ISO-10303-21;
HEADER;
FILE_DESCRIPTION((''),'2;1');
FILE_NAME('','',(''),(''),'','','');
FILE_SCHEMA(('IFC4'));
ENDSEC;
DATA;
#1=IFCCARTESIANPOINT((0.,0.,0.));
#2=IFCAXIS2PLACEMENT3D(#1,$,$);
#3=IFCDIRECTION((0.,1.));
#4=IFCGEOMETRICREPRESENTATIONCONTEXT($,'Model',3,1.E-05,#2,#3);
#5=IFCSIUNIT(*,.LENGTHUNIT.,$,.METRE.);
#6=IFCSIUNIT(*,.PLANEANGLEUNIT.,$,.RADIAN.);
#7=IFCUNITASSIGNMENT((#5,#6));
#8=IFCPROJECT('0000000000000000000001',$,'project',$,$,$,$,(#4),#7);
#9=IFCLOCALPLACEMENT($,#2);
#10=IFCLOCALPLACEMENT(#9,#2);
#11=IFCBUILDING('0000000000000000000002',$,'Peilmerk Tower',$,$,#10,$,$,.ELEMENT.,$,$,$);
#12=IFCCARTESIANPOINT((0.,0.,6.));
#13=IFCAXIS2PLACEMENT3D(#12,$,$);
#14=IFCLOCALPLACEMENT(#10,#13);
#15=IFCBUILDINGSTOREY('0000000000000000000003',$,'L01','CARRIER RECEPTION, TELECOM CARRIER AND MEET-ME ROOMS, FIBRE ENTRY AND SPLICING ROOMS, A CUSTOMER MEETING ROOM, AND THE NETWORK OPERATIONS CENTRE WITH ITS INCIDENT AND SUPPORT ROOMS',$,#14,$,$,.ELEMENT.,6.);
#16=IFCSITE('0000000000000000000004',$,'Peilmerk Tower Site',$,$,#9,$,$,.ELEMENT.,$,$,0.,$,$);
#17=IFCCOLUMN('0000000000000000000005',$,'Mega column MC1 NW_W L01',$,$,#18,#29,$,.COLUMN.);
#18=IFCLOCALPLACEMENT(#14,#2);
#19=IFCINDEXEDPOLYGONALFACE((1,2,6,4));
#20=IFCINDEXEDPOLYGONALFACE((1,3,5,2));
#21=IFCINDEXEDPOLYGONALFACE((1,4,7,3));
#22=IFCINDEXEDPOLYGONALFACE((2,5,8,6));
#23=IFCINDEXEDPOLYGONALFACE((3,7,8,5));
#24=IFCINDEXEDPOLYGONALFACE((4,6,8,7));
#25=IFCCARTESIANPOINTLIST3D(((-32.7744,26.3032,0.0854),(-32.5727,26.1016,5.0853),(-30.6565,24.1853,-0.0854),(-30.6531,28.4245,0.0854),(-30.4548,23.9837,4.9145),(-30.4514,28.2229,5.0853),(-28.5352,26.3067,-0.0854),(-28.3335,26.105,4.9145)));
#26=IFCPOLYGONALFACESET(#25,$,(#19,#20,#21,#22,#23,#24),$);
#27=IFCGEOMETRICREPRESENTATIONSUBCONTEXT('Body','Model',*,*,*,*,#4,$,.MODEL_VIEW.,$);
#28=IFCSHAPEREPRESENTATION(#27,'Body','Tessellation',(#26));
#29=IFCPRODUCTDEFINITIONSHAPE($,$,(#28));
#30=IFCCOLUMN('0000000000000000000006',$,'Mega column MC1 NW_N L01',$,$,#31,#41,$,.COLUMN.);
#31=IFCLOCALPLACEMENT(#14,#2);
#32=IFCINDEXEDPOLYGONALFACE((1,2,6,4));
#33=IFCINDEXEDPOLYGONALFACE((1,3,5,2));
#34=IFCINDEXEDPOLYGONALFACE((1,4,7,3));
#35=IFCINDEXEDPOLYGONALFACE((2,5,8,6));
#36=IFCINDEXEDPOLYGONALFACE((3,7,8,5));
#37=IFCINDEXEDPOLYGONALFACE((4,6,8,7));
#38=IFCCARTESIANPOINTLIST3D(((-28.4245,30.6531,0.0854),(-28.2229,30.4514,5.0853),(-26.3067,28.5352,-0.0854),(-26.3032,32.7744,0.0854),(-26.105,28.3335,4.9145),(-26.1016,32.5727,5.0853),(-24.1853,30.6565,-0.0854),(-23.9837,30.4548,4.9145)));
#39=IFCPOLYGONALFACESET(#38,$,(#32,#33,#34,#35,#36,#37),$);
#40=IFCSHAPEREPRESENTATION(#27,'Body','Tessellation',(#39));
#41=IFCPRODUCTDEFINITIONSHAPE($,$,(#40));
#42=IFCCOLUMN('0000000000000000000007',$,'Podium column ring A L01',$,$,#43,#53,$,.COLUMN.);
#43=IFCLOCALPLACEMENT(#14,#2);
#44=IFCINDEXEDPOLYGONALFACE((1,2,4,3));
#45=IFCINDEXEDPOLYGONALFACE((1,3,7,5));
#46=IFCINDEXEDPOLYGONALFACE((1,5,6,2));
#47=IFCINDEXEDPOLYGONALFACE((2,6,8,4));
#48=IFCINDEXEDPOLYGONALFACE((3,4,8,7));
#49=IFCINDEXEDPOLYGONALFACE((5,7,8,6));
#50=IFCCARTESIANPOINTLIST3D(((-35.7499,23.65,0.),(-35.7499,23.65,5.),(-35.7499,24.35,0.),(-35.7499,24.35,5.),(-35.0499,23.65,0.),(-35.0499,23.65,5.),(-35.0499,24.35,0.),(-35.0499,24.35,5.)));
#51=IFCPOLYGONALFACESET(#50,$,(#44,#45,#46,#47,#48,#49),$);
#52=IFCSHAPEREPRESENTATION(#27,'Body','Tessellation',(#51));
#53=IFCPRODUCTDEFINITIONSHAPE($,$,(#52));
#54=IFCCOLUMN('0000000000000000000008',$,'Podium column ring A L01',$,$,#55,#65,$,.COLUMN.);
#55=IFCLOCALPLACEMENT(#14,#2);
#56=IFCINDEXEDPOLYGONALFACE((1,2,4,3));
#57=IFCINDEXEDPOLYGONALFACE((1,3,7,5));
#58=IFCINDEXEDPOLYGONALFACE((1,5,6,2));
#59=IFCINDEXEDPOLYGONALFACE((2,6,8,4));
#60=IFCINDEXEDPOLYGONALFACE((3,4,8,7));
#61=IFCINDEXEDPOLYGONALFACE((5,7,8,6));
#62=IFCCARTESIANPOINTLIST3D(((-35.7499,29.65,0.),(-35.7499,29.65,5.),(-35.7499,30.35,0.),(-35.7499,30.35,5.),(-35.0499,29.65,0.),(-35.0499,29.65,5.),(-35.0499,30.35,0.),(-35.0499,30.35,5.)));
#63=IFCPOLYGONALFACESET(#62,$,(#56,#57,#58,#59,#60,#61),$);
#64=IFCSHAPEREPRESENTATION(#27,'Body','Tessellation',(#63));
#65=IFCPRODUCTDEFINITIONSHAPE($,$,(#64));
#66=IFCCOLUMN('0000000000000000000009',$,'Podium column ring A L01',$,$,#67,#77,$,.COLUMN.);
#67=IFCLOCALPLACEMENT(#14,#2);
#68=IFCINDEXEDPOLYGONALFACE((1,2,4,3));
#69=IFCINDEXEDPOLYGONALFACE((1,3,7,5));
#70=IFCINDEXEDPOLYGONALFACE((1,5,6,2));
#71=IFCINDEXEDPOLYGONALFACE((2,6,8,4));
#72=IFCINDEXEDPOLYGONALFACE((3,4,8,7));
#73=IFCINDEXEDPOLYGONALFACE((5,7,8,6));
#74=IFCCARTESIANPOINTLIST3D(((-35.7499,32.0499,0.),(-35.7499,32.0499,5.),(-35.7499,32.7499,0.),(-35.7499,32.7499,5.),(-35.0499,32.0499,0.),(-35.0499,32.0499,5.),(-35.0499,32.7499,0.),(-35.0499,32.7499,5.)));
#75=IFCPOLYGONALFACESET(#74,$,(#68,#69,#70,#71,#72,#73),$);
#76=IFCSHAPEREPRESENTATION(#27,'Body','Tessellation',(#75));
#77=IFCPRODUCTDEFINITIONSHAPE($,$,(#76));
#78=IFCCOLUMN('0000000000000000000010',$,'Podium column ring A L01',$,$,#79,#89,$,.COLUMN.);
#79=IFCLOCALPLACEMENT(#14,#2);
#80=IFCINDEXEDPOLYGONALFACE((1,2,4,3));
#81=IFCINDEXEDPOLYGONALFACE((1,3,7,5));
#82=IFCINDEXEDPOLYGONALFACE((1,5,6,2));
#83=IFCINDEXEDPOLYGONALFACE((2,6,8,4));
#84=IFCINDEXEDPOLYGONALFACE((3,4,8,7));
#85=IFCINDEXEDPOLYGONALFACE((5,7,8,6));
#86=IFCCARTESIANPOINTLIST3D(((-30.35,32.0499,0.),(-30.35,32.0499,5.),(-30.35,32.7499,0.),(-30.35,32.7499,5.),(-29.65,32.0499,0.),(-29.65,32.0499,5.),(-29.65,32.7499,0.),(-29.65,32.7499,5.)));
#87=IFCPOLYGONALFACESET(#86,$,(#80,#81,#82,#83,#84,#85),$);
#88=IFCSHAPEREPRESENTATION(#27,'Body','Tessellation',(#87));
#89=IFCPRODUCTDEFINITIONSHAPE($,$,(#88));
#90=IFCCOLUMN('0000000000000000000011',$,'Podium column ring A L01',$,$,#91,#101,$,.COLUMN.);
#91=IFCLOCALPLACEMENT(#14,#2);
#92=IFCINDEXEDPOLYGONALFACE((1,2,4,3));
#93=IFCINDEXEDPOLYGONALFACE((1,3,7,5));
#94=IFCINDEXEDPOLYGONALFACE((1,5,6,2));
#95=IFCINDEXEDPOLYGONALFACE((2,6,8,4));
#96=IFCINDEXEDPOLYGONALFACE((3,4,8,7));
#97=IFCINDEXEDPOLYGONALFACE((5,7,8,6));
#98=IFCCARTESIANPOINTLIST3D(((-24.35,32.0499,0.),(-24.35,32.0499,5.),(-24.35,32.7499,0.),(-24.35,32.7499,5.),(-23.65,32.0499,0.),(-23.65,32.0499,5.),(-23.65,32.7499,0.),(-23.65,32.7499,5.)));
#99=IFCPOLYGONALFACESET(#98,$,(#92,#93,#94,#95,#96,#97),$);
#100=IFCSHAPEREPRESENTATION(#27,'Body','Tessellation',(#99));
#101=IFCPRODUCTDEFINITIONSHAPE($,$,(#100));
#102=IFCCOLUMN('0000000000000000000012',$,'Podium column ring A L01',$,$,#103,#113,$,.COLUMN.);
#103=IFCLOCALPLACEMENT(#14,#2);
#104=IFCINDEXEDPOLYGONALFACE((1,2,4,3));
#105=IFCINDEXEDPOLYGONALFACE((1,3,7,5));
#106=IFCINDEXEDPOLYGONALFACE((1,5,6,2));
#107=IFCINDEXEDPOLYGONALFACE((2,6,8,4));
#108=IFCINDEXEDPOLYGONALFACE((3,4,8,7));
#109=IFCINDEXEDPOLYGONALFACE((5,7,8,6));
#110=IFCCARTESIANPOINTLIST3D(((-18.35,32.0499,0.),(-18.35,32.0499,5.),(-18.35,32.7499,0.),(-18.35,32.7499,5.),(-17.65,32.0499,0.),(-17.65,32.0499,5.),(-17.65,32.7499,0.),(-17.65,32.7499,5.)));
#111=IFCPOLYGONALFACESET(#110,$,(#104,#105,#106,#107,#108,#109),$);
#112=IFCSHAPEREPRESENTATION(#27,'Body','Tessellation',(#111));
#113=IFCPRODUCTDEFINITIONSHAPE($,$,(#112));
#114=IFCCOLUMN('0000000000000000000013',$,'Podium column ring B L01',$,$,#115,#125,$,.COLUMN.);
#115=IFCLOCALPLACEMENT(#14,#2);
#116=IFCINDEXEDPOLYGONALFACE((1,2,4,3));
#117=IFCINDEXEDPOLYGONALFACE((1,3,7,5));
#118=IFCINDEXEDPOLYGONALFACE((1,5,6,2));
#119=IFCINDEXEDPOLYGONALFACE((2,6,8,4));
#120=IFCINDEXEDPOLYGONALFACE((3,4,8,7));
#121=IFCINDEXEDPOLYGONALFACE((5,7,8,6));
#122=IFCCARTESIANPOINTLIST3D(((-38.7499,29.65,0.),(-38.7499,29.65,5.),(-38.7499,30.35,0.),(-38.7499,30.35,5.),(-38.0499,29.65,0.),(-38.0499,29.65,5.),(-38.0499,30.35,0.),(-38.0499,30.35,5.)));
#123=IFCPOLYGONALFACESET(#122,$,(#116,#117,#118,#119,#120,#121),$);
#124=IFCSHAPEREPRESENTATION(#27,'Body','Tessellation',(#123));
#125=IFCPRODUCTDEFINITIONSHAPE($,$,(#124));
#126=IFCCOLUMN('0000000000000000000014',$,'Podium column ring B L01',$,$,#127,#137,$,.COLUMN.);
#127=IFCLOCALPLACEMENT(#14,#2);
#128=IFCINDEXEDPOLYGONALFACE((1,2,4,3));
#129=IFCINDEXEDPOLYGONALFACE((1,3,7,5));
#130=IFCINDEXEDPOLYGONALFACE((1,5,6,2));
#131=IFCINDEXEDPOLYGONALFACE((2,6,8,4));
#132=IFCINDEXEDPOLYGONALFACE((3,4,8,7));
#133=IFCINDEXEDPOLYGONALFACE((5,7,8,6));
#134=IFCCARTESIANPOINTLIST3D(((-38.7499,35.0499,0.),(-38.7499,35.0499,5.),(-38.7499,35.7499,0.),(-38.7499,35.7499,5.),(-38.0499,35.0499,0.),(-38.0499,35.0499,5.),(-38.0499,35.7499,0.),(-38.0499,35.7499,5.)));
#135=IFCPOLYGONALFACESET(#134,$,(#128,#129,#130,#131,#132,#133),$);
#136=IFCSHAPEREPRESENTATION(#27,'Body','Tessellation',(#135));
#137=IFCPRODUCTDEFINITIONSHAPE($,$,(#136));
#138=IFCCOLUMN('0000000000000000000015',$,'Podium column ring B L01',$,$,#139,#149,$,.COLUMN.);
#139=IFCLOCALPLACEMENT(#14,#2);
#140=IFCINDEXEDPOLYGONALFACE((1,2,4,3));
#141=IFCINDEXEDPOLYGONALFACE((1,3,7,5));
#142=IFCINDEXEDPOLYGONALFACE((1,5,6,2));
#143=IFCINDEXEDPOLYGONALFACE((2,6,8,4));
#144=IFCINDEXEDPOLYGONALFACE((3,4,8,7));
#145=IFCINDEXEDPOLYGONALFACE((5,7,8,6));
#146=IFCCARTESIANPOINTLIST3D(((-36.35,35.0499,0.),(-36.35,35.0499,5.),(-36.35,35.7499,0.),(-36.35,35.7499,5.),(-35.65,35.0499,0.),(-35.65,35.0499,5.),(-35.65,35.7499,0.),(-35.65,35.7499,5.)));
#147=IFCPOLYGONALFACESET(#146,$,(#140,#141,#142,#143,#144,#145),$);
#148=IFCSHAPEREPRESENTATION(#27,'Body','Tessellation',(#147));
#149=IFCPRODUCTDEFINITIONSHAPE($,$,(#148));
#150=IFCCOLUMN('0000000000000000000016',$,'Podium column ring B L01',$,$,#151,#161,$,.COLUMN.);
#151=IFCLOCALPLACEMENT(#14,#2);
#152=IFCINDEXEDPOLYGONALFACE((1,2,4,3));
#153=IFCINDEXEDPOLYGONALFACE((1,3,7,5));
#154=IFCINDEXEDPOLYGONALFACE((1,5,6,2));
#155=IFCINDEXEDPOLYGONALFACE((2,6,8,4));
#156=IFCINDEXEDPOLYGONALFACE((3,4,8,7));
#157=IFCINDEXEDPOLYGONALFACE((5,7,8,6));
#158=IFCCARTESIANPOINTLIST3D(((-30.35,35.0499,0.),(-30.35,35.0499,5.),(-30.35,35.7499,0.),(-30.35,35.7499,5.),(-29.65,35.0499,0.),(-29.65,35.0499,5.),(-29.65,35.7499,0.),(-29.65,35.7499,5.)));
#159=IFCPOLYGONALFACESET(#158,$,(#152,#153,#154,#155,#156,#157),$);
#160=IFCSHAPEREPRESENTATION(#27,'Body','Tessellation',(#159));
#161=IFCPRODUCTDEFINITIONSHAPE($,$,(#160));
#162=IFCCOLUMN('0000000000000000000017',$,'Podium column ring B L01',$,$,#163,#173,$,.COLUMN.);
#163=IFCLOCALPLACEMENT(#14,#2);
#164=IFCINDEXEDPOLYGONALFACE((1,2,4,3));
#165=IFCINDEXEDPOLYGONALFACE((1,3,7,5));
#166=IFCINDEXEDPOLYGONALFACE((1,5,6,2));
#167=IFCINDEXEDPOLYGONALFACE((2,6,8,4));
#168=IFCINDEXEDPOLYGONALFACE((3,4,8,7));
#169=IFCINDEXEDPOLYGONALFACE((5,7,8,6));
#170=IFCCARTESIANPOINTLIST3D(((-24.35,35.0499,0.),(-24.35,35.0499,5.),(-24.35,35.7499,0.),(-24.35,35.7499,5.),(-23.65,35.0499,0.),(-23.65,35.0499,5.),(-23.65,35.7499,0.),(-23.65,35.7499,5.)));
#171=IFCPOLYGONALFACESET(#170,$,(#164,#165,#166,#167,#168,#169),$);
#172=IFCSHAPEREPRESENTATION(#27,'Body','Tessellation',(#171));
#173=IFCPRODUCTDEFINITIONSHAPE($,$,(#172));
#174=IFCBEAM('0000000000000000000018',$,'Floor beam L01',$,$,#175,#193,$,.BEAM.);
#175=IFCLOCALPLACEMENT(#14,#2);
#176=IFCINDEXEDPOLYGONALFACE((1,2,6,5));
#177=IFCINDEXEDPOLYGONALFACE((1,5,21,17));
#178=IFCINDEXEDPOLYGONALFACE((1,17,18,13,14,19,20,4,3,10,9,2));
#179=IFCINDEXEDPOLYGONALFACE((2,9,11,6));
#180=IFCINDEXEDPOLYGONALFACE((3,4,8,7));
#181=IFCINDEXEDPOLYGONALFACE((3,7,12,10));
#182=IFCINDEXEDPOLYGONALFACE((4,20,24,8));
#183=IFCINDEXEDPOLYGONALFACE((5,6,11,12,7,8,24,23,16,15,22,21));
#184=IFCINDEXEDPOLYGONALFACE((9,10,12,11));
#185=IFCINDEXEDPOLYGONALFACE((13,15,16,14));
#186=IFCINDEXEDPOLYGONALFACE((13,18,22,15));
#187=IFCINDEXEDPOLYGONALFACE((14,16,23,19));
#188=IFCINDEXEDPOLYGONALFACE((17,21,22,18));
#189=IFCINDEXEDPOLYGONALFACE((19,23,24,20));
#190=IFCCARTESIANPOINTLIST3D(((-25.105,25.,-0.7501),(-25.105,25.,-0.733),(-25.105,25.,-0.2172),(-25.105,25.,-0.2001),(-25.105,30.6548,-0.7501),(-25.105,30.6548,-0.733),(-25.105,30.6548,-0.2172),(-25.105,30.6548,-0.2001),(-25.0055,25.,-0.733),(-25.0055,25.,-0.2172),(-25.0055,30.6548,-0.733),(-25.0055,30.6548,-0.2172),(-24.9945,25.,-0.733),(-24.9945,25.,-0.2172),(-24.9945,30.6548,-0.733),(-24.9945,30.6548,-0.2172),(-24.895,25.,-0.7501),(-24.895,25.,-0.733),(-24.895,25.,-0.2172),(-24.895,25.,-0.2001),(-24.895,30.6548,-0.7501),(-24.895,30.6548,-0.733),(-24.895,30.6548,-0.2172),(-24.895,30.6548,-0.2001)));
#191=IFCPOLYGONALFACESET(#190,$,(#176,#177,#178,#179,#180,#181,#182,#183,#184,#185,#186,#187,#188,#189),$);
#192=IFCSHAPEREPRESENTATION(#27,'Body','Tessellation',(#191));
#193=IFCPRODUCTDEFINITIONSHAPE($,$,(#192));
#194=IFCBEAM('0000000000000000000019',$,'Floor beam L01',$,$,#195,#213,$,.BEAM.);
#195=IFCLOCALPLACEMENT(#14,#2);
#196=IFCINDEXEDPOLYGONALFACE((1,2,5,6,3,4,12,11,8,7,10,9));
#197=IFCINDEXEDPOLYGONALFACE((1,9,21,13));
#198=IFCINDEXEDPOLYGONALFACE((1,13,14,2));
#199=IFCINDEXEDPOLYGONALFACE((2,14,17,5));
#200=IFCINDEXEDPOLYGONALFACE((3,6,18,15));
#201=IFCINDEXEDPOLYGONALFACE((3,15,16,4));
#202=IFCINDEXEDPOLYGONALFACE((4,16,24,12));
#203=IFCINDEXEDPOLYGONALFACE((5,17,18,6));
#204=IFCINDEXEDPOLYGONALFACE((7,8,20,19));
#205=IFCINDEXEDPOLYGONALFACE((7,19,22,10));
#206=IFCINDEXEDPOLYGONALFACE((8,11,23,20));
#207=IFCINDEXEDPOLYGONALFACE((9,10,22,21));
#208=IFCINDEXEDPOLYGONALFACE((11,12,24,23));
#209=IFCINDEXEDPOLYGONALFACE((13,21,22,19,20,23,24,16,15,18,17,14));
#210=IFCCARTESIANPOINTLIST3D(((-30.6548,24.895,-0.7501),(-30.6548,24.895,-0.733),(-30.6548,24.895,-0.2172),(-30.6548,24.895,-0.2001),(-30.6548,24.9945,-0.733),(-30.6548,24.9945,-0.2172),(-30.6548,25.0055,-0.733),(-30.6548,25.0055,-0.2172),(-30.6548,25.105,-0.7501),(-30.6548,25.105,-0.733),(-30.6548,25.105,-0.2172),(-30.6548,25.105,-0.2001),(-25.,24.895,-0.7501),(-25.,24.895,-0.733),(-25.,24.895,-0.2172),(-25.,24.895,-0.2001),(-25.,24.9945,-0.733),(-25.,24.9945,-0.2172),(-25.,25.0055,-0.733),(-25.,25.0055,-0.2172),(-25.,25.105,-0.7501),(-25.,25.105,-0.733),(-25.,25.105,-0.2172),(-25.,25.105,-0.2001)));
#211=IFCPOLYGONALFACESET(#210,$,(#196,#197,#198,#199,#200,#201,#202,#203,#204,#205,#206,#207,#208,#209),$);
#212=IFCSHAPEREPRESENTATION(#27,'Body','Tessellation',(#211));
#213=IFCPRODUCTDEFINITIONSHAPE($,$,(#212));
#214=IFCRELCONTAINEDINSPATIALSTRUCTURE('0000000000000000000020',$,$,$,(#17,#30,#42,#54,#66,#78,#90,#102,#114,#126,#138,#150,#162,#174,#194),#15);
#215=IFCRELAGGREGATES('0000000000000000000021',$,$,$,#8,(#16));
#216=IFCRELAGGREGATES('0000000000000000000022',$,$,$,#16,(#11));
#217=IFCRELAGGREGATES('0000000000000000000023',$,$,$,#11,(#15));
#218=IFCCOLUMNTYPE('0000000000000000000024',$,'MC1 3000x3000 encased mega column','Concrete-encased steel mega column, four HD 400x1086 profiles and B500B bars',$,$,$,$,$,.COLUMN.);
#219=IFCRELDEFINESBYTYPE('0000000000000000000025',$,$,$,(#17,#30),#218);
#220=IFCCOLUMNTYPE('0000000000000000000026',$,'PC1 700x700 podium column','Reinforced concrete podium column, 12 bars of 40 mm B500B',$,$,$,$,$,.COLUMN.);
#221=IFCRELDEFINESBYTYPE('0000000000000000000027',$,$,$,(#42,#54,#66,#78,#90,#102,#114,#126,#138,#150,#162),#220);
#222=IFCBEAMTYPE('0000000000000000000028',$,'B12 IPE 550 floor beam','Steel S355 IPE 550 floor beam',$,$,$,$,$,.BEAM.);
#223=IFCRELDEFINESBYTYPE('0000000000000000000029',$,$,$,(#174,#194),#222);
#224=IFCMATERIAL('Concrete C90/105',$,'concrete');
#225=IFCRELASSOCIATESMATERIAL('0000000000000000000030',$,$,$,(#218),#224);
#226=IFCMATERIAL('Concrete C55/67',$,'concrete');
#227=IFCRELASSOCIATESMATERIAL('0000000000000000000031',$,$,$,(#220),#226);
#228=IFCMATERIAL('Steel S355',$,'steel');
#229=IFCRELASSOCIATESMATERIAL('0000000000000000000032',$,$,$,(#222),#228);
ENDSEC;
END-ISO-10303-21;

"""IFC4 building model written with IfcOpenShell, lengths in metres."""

from ifc_helpers import new_model, si_unit, direction, frame, origin, origin_2d, place, context, subcontext, project, spatial, rectangle, i_section, extrude, material, material_profile, profile_set, type_object, element, save


model = new_model("IFC4")

# Units and contexts
model_context = context("Model", 3, precision=1e-05, world=origin(), true_north=direction((0.0, 1.0)))
body_context = subcontext(model_context, "Body", "Model", "MODEL_VIEW")
ifc_project = project(units=[si_unit("LENGTHUNIT", "METRE"), si_unit("PLANEANGLEUNIT", "RADIAN")], contexts=[model_context])

# Site, building, storey
site_placement = place(None, origin())
site = spatial("IfcSite", under=ifc_project, at=site_placement, Name="Peilmerk Tower Site", CompositionType="ELEMENT", RefElevation=0.0)
building_placement = place(site_placement, origin())
building = spatial("IfcBuilding", under=site, at=building_placement, Name="Peilmerk Tower", CompositionType="ELEMENT")
storey_placement = place(building_placement, frame((0.0, 0.0, 6.0)))
storey = spatial("IfcBuildingStorey", under=building, at=storey_placement, Name="L01", Description="CARRIER RECEPTION, TELECOM CARRIER AND MEET-ME ROOMS, FIBRE ENTRY AND SPLICING ROOMS, A CUSTOMER MEETING ROOM, AND THE NETWORK OPERATIONS CENTRE WITH ITS INCIDENT AND SUPPORT ROOMS", CompositionType="ELEMENT", Elevation=6.0)

# Columns
ifc_material_1 = material(Name="Concrete C90/105", Category="concrete")
ifc_material_profile_1 = material_profile(ifc_material_1, rectangle(XDim=3.0, YDim=3.0, at=origin_2d()), Name="RC 3000x3000")
ifc_profile_set_1 = profile_set([ifc_material_profile_1], Name="Concrete C90/105")
column_type_1 = type_object("IfcColumnType", Name="MC1 3000x3000 encased mega column", Description="Concrete-encased steel mega column, four HD 400x1086 profiles and B500B bars", PredefinedType="COLUMN", material=ifc_profile_set_1)
for number, where, z_axis, x_axis, name in (
    (1, (-30.6548, 26.3049, 0.0), (0.040267, -0.040267, 0.998377), (0.707107, 0.707107, 0.0), "Mega column MC1 NW_W L01"),
    (2, (-26.3049, 30.6548, 0.0), (0.040267, -0.040267, 0.998377), (0.707107, 0.707107, 0.0), "Mega column MC1 NW_N L01"),
):
    element("IfcColumn", number, at=place(storey_placement, frame(where, z_axis=z_axis, x_axis=x_axis)), inside=storey, type_object=column_type_1, Name=name, PredefinedType="COLUMN", context=body_context, shape_type="SweptSolid", body=[
        extrude(rectangle(XDim=3.0, YDim=3.0, at=origin_2d()), origin(), (0.0, 0.0, 1.0), 5.0081),
    ])
ifc_material_2 = material(Name="Concrete C55/67", Category="concrete")
ifc_material_profile_2 = material_profile(ifc_material_2, rectangle(XDim=0.7, YDim=0.7, at=origin_2d()), Name="RC 700x700")
ifc_profile_set_2 = profile_set([ifc_material_profile_2], Name="Concrete C55/67")
column_type_2 = type_object("IfcColumnType", Name="PC1 700x700 podium column", Description="Reinforced concrete podium column, 12 bars of 40 mm B500B", PredefinedType="COLUMN", material=ifc_profile_set_2)
for number, where, z_axis, x_axis, name in (
    (3, (-35.3999, 24.0, 0.0), (0.0, 0.0, 1.0), (1.0, 0.0, 0.0), "Podium column ring A L01"),
    (4, (-35.3999, 30.0, 0.0), (0.0, 0.0, 1.0), (1.0, 0.0, 0.0), "Podium column ring A L01"),
    (5, (-35.3999, 32.3999, 0.0), (0.0, 0.0, 1.0), (1.0, 0.0, 0.0), "Podium column ring A L01"),
    (6, (-30.0, 32.3999, 0.0), (0.0, 0.0, 1.0), (1.0, 0.0, 0.0), "Podium column ring A L01"),
    (7, (-24.0, 32.3999, 0.0), (0.0, 0.0, 1.0), (1.0, 0.0, 0.0), "Podium column ring A L01"),
    (8, (-18.0, 32.3999, 0.0), (0.0, 0.0, 1.0), (1.0, 0.0, 0.0), "Podium column ring A L01"),
    (9, (-38.3999, 30.0, 0.0), (0.0, 0.0, 1.0), (1.0, 0.0, 0.0), "Podium column ring B L01"),
    (10, (-38.3999, 35.3999, 0.0), (0.0, 0.0, 1.0), (1.0, 0.0, 0.0), "Podium column ring B L01"),
    (11, (-36.0, 35.3999, 0.0), (0.0, 0.0, 1.0), (1.0, 0.0, 0.0), "Podium column ring B L01"),
    (12, (-30.0, 35.3999, 0.0), (0.0, 0.0, 1.0), (1.0, 0.0, 0.0), "Podium column ring B L01"),
    (13, (-24.0, 35.3999, 0.0), (0.0, 0.0, 1.0), (1.0, 0.0, 0.0), "Podium column ring B L01"),
):
    element("IfcColumn", number, at=place(storey_placement, frame(where, z_axis=z_axis, x_axis=x_axis)), inside=storey, type_object=column_type_2, Name=name, PredefinedType="COLUMN", context=body_context, shape_type="SweptSolid", body=[
        extrude(rectangle(XDim=0.7, YDim=0.7, at=origin_2d()), origin(), (0.0, 0.0, 1.0), 5.0),
    ])

# Beams
ifc_material_3 = material(Name="Steel S355", Category="steel")
ifc_material_profile_3 = material_profile(ifc_material_3, i_section(OverallWidth=0.21, OverallDepth=0.55, WebThickness=0.011, FlangeThickness=0.0171, at=origin_2d()), Name="IPE 550")
ifc_profile_set_3 = profile_set([ifc_material_profile_3], Name="Steel S355")
beam_type_1 = type_object("IfcBeamType", Name="B12 IPE 550 floor beam", Description="Steel S355 IPE 550 floor beam", PredefinedType="BEAM", material=ifc_profile_set_3)
for number, where, z_axis, x_axis, name in (
    (14, (-25.0, 25.0, -0.4751), (0.0, 1.0, 0.0), (-1.0, 0.0, 0.0), "Floor beam L01"),
    (15, (-25.0, 25.0, -0.4751), (-1.0, 0.0, 0.0), (0.0, -1.0, 0.0), "Floor beam L01"),
):
    element("IfcBeam", number, at=place(storey_placement, frame(where, z_axis=z_axis, x_axis=x_axis)), inside=storey, type_object=beam_type_1, Name=name, PredefinedType="BEAM", context=body_context, shape_type="SweptSolid", body=[
        extrude(i_section(OverallWidth=0.21, OverallDepth=0.55, WebThickness=0.011, FlangeThickness=0.0171, at=origin_2d()), origin(), (0.0, 0.0, 1.0), 5.6548),
    ])

save(model, "model.ifc")
